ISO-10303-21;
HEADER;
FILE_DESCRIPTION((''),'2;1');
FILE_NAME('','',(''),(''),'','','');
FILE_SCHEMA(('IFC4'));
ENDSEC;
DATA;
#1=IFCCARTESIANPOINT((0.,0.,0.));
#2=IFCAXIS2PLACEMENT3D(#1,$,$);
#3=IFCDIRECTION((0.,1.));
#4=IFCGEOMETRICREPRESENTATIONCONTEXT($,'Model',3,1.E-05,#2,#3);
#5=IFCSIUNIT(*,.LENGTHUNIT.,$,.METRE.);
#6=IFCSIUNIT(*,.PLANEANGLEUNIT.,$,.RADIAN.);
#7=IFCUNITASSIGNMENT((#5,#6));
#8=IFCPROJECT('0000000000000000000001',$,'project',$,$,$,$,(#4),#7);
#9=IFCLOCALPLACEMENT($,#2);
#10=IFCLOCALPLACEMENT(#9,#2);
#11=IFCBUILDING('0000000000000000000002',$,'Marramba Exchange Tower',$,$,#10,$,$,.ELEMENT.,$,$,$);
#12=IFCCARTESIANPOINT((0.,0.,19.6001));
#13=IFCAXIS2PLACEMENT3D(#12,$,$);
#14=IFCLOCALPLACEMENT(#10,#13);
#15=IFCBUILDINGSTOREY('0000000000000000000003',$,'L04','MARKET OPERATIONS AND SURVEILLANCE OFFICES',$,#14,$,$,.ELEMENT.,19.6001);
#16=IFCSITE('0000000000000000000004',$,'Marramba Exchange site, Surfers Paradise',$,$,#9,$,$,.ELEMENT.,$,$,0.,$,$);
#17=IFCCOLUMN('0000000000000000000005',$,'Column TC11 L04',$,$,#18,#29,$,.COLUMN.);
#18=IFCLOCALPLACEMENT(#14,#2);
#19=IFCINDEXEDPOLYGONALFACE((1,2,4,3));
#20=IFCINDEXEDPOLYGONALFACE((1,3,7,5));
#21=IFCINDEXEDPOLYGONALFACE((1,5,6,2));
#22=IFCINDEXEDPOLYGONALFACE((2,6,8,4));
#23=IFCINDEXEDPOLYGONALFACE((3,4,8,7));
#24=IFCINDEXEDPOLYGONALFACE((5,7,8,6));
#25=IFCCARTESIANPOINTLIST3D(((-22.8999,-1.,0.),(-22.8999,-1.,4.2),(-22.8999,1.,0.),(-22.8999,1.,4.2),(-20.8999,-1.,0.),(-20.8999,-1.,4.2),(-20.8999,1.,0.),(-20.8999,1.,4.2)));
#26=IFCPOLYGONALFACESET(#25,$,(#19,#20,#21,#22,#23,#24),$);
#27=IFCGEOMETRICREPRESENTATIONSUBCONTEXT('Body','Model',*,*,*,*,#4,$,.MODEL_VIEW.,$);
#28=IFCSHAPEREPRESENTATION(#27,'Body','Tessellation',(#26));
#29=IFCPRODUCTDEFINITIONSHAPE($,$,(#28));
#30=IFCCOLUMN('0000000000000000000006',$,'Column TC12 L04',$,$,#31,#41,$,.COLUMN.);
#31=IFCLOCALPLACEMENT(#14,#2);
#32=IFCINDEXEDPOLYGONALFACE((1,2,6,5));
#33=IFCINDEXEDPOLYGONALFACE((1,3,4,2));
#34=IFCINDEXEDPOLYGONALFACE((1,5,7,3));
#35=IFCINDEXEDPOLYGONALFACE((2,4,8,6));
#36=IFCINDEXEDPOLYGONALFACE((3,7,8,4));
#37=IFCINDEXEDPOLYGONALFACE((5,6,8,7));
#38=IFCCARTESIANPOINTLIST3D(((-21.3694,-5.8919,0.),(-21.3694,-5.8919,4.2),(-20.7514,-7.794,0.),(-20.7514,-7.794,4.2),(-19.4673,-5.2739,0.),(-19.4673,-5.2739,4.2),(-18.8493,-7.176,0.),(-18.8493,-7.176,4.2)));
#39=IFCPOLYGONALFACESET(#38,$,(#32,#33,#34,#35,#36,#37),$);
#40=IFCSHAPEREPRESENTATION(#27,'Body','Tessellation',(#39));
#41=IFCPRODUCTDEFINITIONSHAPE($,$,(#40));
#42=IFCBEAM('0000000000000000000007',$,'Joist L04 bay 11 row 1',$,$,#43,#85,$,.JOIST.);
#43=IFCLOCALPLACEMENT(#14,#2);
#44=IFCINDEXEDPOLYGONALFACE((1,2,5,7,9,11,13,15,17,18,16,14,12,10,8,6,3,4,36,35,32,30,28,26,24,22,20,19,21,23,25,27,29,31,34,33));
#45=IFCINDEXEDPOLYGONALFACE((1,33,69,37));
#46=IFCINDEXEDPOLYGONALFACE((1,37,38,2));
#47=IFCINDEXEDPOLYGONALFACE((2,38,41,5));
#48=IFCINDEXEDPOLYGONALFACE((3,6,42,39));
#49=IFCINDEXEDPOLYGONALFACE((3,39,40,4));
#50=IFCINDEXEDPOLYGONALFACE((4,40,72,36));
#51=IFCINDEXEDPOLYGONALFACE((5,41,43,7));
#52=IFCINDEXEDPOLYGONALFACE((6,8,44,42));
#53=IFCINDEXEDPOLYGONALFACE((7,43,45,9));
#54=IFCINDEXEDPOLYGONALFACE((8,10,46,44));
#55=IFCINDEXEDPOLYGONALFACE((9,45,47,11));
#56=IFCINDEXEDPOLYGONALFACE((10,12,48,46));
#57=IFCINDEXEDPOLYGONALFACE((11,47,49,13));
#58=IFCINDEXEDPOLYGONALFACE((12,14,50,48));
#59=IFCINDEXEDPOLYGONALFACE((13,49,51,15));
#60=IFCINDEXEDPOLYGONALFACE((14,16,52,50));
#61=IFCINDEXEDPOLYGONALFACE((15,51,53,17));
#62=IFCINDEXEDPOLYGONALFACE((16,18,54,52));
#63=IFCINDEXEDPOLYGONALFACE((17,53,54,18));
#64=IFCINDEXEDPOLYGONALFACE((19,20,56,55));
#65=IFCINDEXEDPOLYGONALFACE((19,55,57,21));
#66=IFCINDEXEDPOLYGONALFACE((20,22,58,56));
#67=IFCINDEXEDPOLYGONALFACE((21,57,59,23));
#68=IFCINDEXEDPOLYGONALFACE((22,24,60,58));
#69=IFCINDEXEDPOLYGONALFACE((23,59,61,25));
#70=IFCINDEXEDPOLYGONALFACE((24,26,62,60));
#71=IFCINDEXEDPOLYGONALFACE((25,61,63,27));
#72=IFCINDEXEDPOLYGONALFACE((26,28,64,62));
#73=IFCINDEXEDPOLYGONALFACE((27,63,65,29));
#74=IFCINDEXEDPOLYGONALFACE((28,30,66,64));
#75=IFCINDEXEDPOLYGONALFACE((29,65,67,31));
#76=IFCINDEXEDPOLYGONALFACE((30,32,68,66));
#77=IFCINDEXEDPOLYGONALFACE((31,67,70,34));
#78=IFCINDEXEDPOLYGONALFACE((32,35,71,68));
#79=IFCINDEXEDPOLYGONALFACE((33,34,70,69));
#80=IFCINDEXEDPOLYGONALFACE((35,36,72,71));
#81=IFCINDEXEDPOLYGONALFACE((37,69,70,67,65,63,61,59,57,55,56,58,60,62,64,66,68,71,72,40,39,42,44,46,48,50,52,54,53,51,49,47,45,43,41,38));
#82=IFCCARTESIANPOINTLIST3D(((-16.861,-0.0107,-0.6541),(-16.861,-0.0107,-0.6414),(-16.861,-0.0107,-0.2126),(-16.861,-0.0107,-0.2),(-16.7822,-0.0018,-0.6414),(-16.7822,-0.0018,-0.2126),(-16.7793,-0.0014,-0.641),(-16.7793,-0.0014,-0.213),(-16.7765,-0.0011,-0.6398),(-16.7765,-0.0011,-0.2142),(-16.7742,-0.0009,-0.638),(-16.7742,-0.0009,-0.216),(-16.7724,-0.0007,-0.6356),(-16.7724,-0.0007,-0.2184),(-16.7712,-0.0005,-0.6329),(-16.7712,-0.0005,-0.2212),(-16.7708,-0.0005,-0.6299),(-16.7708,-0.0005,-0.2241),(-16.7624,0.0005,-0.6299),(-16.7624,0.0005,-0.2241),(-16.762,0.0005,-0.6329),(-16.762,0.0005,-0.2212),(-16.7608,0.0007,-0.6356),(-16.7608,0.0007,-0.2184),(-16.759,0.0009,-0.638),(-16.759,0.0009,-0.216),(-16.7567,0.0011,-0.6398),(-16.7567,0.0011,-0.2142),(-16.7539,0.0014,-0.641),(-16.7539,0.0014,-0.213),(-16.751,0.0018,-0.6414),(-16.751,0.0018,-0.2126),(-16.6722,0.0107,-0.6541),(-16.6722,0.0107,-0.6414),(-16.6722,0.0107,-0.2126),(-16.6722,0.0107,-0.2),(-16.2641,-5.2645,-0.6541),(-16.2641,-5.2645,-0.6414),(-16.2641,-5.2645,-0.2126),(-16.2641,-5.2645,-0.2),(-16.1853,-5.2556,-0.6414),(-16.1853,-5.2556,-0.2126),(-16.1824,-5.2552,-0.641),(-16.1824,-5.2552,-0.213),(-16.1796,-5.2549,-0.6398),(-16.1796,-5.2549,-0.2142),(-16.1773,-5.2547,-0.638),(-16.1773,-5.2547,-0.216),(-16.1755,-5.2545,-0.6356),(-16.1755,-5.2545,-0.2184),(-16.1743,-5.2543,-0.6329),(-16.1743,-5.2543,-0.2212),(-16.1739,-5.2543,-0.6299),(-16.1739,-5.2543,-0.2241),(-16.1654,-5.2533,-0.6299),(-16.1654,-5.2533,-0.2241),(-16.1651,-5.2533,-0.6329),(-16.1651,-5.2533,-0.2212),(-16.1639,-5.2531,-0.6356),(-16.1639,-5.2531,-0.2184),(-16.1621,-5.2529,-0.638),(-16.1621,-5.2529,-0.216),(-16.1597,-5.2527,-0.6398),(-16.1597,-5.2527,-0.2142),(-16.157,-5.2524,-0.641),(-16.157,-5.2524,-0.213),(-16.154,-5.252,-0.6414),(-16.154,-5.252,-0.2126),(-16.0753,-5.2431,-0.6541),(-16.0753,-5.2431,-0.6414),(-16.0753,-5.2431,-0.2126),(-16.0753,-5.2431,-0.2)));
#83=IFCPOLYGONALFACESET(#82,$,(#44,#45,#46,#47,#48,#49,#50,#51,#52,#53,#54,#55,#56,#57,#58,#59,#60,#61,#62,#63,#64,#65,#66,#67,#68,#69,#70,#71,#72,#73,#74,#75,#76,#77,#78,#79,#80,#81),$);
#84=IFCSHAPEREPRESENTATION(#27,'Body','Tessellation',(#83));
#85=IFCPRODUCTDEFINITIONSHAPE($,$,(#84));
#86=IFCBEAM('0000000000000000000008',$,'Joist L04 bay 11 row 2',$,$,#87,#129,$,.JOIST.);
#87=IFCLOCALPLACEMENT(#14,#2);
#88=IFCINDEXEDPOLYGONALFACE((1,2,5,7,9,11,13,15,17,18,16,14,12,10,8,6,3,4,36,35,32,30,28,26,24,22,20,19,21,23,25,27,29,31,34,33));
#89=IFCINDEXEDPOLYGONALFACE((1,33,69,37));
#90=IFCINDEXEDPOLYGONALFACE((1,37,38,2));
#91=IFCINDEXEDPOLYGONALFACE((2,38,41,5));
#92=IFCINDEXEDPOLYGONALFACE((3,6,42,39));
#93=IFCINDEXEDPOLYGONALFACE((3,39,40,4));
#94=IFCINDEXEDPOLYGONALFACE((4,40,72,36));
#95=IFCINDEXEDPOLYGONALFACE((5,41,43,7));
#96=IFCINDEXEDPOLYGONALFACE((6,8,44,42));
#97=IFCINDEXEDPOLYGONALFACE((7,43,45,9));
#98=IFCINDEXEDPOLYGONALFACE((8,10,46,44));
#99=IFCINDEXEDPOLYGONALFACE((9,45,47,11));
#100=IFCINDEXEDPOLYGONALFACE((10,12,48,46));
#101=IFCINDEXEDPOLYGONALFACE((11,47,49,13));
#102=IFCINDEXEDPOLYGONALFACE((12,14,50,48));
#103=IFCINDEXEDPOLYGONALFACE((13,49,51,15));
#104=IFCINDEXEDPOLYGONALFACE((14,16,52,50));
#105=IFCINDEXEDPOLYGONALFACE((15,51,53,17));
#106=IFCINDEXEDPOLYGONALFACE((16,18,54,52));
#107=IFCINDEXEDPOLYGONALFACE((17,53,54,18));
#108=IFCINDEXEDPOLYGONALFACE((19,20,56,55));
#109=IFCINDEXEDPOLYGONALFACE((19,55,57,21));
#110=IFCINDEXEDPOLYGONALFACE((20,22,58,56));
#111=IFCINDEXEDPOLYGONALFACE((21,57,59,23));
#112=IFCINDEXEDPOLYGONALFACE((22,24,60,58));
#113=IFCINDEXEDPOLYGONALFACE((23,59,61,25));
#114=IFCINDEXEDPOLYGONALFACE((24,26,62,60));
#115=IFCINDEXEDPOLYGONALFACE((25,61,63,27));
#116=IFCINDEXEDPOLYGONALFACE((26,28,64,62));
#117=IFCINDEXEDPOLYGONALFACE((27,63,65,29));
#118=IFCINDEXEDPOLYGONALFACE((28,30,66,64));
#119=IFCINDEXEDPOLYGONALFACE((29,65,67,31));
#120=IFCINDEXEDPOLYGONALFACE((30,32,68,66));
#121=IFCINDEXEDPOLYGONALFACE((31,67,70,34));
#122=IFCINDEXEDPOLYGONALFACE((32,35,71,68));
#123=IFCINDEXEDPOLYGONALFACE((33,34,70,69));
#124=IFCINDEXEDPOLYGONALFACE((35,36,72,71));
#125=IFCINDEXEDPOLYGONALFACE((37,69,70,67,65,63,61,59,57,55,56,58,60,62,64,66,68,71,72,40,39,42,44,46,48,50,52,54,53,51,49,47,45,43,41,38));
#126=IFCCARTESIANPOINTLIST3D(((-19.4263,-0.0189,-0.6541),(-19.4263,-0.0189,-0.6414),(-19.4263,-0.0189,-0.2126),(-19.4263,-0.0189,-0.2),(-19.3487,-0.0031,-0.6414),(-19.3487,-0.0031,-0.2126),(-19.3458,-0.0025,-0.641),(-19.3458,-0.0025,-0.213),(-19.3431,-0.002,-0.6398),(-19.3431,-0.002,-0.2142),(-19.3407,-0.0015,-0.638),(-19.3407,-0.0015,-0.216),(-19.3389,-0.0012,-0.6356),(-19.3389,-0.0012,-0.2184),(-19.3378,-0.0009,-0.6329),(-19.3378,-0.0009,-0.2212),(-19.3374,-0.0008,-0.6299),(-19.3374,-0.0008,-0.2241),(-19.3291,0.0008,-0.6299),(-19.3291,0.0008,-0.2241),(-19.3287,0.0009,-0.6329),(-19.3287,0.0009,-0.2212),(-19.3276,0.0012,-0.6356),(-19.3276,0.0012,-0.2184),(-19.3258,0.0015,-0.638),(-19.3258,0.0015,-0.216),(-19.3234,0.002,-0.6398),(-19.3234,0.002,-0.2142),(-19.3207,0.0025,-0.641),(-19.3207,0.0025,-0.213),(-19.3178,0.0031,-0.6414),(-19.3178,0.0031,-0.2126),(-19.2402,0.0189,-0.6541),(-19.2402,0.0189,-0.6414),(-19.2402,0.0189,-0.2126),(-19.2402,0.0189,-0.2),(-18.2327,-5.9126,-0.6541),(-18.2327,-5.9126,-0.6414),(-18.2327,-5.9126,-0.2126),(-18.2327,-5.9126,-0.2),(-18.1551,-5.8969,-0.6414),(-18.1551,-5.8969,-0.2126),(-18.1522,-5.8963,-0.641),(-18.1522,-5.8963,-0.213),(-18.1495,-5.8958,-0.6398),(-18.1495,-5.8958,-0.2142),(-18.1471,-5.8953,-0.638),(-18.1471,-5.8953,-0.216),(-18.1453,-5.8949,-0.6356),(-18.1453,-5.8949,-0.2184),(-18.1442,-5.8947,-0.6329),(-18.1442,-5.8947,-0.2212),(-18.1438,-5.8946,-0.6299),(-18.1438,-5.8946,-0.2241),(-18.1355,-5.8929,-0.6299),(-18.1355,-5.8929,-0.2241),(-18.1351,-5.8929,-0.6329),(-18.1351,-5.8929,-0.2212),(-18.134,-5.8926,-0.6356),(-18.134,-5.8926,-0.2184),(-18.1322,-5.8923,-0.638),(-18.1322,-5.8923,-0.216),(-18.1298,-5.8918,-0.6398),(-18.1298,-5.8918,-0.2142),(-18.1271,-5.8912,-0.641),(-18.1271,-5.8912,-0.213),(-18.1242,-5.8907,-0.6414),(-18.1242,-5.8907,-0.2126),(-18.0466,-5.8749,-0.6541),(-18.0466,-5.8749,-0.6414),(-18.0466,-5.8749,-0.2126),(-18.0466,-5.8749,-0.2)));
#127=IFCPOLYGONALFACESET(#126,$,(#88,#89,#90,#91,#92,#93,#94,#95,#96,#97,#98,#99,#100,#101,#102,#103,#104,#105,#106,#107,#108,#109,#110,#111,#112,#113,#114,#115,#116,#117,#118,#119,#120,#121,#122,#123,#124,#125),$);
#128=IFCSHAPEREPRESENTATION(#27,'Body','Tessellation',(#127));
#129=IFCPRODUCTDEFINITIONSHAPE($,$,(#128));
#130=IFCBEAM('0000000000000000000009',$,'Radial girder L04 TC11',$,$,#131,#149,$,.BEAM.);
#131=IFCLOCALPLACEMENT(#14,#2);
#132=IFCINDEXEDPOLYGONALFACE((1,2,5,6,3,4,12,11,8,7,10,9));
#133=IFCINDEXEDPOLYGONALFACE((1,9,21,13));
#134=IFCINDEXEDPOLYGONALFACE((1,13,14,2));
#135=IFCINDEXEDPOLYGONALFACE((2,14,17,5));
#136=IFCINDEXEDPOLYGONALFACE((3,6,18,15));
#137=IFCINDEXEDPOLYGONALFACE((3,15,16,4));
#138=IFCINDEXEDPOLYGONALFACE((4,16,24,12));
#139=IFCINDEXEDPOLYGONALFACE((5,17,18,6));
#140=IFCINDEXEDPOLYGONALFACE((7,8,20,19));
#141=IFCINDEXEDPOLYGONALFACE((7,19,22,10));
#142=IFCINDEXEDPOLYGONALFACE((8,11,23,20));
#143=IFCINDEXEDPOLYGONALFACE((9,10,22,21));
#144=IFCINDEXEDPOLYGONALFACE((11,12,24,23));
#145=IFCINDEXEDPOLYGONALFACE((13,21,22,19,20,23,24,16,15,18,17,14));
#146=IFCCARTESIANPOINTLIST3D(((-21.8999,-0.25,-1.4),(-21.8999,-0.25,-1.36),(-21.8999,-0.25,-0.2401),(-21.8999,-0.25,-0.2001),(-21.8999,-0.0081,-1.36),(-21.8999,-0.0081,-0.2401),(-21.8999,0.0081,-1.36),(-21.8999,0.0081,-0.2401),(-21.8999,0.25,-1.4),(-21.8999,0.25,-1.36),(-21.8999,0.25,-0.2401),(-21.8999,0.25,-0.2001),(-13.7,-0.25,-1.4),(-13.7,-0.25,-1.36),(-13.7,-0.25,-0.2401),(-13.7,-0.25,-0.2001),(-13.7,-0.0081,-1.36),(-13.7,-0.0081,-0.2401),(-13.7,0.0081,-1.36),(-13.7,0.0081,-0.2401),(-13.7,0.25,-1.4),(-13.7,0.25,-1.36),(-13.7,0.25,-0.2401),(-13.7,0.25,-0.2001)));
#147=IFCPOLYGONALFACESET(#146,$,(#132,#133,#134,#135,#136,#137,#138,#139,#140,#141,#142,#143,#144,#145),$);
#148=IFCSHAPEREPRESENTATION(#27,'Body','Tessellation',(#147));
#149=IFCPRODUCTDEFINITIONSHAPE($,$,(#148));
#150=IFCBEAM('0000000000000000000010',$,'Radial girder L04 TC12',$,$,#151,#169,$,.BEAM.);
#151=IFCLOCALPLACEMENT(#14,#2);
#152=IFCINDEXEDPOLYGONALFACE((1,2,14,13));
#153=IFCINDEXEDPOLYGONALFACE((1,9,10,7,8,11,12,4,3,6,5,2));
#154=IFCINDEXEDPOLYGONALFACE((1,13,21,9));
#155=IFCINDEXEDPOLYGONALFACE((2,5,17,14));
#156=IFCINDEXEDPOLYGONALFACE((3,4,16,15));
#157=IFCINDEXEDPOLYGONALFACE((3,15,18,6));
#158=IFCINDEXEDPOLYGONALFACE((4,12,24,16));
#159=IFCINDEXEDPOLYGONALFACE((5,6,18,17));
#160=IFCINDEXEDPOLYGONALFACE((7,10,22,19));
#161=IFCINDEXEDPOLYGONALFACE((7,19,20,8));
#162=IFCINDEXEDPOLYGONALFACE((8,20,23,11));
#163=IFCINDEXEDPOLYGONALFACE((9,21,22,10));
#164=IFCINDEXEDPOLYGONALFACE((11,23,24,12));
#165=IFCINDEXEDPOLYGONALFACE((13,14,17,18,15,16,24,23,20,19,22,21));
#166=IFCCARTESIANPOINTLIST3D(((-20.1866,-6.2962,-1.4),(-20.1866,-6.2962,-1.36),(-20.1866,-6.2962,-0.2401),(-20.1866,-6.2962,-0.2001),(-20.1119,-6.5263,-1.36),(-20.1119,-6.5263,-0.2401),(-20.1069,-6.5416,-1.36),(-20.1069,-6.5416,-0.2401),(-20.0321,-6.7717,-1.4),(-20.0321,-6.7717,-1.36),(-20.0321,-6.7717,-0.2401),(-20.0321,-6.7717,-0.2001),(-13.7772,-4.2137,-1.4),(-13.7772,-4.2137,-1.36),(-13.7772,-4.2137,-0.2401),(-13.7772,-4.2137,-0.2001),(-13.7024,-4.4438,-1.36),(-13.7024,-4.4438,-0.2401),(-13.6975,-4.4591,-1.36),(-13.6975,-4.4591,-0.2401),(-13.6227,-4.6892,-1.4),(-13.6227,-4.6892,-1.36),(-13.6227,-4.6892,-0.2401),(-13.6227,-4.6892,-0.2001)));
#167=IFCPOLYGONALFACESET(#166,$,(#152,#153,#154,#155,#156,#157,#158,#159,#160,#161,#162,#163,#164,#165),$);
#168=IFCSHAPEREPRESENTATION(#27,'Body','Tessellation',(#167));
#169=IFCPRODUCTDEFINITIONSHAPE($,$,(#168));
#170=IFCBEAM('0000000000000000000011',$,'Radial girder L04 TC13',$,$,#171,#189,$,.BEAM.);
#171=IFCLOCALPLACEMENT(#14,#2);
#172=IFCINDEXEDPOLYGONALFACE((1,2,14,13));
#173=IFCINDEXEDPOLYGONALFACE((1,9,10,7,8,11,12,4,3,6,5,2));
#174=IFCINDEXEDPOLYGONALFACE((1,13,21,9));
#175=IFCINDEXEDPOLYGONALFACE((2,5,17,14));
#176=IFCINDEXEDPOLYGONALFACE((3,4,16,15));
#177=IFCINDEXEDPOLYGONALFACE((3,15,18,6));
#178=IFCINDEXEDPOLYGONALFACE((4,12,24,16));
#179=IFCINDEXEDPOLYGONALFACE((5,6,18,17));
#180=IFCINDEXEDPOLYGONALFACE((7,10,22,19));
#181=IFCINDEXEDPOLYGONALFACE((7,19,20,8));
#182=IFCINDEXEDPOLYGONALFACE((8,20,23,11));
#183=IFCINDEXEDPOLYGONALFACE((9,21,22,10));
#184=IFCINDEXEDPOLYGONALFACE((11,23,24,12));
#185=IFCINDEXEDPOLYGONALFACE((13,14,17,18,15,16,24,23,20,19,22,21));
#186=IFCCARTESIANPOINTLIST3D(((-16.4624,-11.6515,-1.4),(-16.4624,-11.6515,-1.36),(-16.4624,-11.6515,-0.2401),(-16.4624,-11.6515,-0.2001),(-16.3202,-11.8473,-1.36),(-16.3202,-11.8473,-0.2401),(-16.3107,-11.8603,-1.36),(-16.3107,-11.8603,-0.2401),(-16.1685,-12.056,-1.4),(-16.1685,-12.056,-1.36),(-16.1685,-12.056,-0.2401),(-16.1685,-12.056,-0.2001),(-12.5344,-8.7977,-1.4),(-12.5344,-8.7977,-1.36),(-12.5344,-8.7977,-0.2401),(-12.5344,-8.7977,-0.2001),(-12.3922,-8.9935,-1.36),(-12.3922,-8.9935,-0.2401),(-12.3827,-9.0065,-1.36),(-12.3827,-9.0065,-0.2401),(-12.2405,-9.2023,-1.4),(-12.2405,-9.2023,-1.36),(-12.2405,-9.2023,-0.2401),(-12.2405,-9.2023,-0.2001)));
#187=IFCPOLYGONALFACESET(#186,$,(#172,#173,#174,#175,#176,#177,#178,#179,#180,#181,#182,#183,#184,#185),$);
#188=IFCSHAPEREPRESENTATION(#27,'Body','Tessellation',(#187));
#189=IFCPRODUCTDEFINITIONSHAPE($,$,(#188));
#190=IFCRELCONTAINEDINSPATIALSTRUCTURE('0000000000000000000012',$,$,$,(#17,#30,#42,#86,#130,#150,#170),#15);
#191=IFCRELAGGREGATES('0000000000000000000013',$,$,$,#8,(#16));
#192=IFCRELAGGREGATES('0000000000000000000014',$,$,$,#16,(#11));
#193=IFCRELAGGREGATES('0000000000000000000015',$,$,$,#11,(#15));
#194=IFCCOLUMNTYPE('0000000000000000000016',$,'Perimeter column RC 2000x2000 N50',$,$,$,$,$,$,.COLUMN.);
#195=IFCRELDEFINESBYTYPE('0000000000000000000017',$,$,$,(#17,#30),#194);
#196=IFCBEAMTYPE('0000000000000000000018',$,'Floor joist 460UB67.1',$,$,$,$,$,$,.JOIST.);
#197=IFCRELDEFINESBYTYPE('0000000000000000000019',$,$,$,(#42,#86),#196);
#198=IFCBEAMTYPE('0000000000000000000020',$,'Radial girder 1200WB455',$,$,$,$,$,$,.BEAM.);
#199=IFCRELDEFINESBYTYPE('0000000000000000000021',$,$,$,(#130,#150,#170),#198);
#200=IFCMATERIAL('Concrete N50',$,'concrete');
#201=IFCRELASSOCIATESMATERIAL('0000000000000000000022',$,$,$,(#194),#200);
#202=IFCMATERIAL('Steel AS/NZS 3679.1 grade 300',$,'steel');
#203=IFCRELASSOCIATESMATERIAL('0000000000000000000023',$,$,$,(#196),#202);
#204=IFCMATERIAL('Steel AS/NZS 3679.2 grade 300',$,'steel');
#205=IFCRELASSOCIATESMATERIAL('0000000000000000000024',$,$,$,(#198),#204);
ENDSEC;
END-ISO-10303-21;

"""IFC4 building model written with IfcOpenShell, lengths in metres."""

from ifc_helpers import new_model, si_unit, direction, frame, origin, origin_2d, place, context, subcontext, project, spatial, rectangle, i_section, extrude, material, material_profile, profile_set, type_object, element, save


model = new_model("IFC4")

# Units and contexts
model_context = context("Model", 3, precision=1e-05, world=origin(), true_north=direction((0.0, 1.0)))
body_context = subcontext(model_context, "Body", "Model", "MODEL_VIEW")
ifc_project = project(units=[si_unit("LENGTHUNIT", "METRE"), si_unit("PLANEANGLEUNIT", "RADIAN")], contexts=[model_context])

# Site, building, storey
site_placement = place(None, origin())
site = spatial("IfcSite", under=ifc_project, at=site_placement, Name="Marramba Exchange site, Surfers Paradise", CompositionType="ELEMENT", RefElevation=0.0)
building_placement = place(site_placement, origin())
building = spatial("IfcBuilding", under=site, at=building_placement, Name="Marramba Exchange Tower", CompositionType="ELEMENT")
storey_placement = place(building_placement, frame((0.0, 0.0, 19.6001)))
storey = spatial("IfcBuildingStorey", under=building, at=storey_placement, Name="L04", Description="MARKET OPERATIONS AND SURVEILLANCE OFFICES", CompositionType="ELEMENT", Elevation=19.6001)

# Columns
ifc_material_1 = material(Name="Concrete N50", Category="concrete")
ifc_material_profile_1 = material_profile(ifc_material_1, rectangle(XDim=2.0, YDim=2.0, at=origin_2d()), Name="RC 2000x2000")
ifc_profile_set_1 = profile_set([ifc_material_profile_1], Name="Concrete N50")
column_type = type_object("IfcColumnType", Name="Perimeter column RC 2000x2000 N50", PredefinedType="COLUMN", material=ifc_profile_set_1)
for number, where, z_axis, x_axis, name in (
    (1, (-21.8999, 0.0, 0.0), (0.0, 0.0, 1.0), (-1.0, 0.0, 0.0), "Column TC11 L04"),
    (2, (-20.1094, -6.5339, 0.0), (0.0, 0.0, 1.0), (-0.951057, -0.309017, 0.0), "Column TC12 L04"),
):
    element("IfcColumn", number, at=place(storey_placement, frame(where, z_axis=z_axis, x_axis=x_axis)), inside=storey, type_object=column_type, Name=name, PredefinedType="COLUMN", context=body_context, shape_type="SweptSolid", body=[
        extrude(rectangle(XDim=2.0, YDim=2.0, at=origin_2d()), origin(), (0.0, 0.0, 1.0), 4.2),
    ])

# Beams
ifc_material_2 = material(Name="Steel AS/NZS 3679.1 grade 300", Category="steel")
ifc_material_profile_2 = material_profile(ifc_material_2, i_section(OverallWidth=0.1899, OverallDepth=0.4541, WebThickness=0.0085, FlangeThickness=0.0127, FilletRadius=0.0115, at=origin_2d()), Name="460UB67.1")
ifc_profile_set_2 = profile_set([ifc_material_profile_2], Name="Steel AS/NZS 3679.1 grade 300")
beam_type_1 = type_object("IfcBeamType", Name="Floor joist 460UB67.1", PredefinedType="JOIST", material=ifc_profile_set_2)
beam_1_placement = place(storey_placement, frame((-16.7666, 0.0, -0.427), z_axis=(0.112889, -0.993608, 0.0), x_axis=(0.993608, 0.112889, 0.0)))
element("IfcBeam", 3, at=beam_1_placement, inside=storey, type_object=beam_type_1, Name="Joist L04 bay 11 row 1", PredefinedType="JOIST", context=body_context, shape_type="SweptSolid", body=[
    extrude(i_section(OverallWidth=0.1899, OverallDepth=0.4541, WebThickness=0.0085, FlangeThickness=0.0127, FilletRadius=0.0115, at=origin_2d()), origin(), (0.0, 0.0, 1.0), 5.2876),
])
beam_2_placement = place(storey_placement, frame((-19.3333, 0.0, -0.427), z_axis=(0.198489, -0.980103, 0.0), x_axis=(0.980103, 0.198489, 0.0)))
element("IfcBeam", 4, at=beam_2_placement, inside=storey, type_object=beam_type_1, Name="Joist L04 bay 11 row 2", PredefinedType="JOIST", context=body_context, shape_type="SweptSolid", body=[
    extrude(i_section(OverallWidth=0.1899, OverallDepth=0.4541, WebThickness=0.0085, FlangeThickness=0.0127, FilletRadius=0.0115, at=origin_2d()), origin(), (0.0, 0.0, 1.0), 6.0134),
])
ifc_material_3 = material(Name="Steel AS/NZS 3679.2 grade 300", Category="steel")
ifc_material_profile_3 = material_profile(ifc_material_3, i_section(OverallWidth=0.5, OverallDepth=1.2, WebThickness=0.0161, FlangeThickness=0.04, at=origin_2d()), Name="1200WB455")
ifc_profile_set_3 = profile_set([ifc_material_profile_3], Name="Steel AS/NZS 3679.2 grade 300")
beam_type_2 = type_object("IfcBeamType", Name="Radial girder 1200WB455", PredefinedType="BEAM", material=ifc_profile_set_3)
beam_3_placement = place(storey_placement, frame((-13.7, 0.0, -0.8), z_axis=(-1.0, 0.0, 0.0), x_axis=(0.0, -1.0, 0.0)))
element("IfcBeam", 5, at=beam_3_placement, inside=storey, type_object=beam_type_2, Name="Radial girder L04 TC11", PredefinedType="BEAM", context=body_context, shape_type="SweptSolid", body=[
    extrude(i_section(OverallWidth=0.5, OverallDepth=1.2, WebThickness=0.0161, FlangeThickness=0.04, at=origin_2d()), origin(), (0.0, 0.0, 1.0), 8.2),
])
beam_4_placement = place(storey_placement, frame((-13.7, -4.4514, -0.8), z_axis=(-0.951058, -0.309013, 0.0), x_axis=(0.309013, -0.951058, 0.0)))
element("IfcBeam", 6, at=beam_4_placement, inside=storey, type_object=beam_type_2, Name="Radial girder L04 TC12", PredefinedType="BEAM", context=body_context, shape_type="SweptSolid", body=[
    extrude(i_section(OverallWidth=0.5, OverallDepth=1.2, WebThickness=0.0161, FlangeThickness=0.04, at=origin_2d()), origin(), (0.0, 0.0, 1.0), 6.7393),
])
beam_5_placement = place(storey_placement, frame((-12.3875, -9.0, -0.8), z_axis=(-0.809025, -0.587774, 0.0), x_axis=(0.587774, -0.809025, 0.0)))
element("IfcBeam", 7, at=beam_5_placement, inside=storey, type_object=beam_type_2, Name="Radial girder L04 TC13", PredefinedType="BEAM", context=body_context, shape_type="SweptSolid", body=[
    extrude(i_section(OverallWidth=0.5, OverallDepth=1.2, WebThickness=0.0161, FlangeThickness=0.04, at=origin_2d()), origin(), (0.0, 0.0, 1.0), 4.8552),
])

save(model, "model.ifc")
